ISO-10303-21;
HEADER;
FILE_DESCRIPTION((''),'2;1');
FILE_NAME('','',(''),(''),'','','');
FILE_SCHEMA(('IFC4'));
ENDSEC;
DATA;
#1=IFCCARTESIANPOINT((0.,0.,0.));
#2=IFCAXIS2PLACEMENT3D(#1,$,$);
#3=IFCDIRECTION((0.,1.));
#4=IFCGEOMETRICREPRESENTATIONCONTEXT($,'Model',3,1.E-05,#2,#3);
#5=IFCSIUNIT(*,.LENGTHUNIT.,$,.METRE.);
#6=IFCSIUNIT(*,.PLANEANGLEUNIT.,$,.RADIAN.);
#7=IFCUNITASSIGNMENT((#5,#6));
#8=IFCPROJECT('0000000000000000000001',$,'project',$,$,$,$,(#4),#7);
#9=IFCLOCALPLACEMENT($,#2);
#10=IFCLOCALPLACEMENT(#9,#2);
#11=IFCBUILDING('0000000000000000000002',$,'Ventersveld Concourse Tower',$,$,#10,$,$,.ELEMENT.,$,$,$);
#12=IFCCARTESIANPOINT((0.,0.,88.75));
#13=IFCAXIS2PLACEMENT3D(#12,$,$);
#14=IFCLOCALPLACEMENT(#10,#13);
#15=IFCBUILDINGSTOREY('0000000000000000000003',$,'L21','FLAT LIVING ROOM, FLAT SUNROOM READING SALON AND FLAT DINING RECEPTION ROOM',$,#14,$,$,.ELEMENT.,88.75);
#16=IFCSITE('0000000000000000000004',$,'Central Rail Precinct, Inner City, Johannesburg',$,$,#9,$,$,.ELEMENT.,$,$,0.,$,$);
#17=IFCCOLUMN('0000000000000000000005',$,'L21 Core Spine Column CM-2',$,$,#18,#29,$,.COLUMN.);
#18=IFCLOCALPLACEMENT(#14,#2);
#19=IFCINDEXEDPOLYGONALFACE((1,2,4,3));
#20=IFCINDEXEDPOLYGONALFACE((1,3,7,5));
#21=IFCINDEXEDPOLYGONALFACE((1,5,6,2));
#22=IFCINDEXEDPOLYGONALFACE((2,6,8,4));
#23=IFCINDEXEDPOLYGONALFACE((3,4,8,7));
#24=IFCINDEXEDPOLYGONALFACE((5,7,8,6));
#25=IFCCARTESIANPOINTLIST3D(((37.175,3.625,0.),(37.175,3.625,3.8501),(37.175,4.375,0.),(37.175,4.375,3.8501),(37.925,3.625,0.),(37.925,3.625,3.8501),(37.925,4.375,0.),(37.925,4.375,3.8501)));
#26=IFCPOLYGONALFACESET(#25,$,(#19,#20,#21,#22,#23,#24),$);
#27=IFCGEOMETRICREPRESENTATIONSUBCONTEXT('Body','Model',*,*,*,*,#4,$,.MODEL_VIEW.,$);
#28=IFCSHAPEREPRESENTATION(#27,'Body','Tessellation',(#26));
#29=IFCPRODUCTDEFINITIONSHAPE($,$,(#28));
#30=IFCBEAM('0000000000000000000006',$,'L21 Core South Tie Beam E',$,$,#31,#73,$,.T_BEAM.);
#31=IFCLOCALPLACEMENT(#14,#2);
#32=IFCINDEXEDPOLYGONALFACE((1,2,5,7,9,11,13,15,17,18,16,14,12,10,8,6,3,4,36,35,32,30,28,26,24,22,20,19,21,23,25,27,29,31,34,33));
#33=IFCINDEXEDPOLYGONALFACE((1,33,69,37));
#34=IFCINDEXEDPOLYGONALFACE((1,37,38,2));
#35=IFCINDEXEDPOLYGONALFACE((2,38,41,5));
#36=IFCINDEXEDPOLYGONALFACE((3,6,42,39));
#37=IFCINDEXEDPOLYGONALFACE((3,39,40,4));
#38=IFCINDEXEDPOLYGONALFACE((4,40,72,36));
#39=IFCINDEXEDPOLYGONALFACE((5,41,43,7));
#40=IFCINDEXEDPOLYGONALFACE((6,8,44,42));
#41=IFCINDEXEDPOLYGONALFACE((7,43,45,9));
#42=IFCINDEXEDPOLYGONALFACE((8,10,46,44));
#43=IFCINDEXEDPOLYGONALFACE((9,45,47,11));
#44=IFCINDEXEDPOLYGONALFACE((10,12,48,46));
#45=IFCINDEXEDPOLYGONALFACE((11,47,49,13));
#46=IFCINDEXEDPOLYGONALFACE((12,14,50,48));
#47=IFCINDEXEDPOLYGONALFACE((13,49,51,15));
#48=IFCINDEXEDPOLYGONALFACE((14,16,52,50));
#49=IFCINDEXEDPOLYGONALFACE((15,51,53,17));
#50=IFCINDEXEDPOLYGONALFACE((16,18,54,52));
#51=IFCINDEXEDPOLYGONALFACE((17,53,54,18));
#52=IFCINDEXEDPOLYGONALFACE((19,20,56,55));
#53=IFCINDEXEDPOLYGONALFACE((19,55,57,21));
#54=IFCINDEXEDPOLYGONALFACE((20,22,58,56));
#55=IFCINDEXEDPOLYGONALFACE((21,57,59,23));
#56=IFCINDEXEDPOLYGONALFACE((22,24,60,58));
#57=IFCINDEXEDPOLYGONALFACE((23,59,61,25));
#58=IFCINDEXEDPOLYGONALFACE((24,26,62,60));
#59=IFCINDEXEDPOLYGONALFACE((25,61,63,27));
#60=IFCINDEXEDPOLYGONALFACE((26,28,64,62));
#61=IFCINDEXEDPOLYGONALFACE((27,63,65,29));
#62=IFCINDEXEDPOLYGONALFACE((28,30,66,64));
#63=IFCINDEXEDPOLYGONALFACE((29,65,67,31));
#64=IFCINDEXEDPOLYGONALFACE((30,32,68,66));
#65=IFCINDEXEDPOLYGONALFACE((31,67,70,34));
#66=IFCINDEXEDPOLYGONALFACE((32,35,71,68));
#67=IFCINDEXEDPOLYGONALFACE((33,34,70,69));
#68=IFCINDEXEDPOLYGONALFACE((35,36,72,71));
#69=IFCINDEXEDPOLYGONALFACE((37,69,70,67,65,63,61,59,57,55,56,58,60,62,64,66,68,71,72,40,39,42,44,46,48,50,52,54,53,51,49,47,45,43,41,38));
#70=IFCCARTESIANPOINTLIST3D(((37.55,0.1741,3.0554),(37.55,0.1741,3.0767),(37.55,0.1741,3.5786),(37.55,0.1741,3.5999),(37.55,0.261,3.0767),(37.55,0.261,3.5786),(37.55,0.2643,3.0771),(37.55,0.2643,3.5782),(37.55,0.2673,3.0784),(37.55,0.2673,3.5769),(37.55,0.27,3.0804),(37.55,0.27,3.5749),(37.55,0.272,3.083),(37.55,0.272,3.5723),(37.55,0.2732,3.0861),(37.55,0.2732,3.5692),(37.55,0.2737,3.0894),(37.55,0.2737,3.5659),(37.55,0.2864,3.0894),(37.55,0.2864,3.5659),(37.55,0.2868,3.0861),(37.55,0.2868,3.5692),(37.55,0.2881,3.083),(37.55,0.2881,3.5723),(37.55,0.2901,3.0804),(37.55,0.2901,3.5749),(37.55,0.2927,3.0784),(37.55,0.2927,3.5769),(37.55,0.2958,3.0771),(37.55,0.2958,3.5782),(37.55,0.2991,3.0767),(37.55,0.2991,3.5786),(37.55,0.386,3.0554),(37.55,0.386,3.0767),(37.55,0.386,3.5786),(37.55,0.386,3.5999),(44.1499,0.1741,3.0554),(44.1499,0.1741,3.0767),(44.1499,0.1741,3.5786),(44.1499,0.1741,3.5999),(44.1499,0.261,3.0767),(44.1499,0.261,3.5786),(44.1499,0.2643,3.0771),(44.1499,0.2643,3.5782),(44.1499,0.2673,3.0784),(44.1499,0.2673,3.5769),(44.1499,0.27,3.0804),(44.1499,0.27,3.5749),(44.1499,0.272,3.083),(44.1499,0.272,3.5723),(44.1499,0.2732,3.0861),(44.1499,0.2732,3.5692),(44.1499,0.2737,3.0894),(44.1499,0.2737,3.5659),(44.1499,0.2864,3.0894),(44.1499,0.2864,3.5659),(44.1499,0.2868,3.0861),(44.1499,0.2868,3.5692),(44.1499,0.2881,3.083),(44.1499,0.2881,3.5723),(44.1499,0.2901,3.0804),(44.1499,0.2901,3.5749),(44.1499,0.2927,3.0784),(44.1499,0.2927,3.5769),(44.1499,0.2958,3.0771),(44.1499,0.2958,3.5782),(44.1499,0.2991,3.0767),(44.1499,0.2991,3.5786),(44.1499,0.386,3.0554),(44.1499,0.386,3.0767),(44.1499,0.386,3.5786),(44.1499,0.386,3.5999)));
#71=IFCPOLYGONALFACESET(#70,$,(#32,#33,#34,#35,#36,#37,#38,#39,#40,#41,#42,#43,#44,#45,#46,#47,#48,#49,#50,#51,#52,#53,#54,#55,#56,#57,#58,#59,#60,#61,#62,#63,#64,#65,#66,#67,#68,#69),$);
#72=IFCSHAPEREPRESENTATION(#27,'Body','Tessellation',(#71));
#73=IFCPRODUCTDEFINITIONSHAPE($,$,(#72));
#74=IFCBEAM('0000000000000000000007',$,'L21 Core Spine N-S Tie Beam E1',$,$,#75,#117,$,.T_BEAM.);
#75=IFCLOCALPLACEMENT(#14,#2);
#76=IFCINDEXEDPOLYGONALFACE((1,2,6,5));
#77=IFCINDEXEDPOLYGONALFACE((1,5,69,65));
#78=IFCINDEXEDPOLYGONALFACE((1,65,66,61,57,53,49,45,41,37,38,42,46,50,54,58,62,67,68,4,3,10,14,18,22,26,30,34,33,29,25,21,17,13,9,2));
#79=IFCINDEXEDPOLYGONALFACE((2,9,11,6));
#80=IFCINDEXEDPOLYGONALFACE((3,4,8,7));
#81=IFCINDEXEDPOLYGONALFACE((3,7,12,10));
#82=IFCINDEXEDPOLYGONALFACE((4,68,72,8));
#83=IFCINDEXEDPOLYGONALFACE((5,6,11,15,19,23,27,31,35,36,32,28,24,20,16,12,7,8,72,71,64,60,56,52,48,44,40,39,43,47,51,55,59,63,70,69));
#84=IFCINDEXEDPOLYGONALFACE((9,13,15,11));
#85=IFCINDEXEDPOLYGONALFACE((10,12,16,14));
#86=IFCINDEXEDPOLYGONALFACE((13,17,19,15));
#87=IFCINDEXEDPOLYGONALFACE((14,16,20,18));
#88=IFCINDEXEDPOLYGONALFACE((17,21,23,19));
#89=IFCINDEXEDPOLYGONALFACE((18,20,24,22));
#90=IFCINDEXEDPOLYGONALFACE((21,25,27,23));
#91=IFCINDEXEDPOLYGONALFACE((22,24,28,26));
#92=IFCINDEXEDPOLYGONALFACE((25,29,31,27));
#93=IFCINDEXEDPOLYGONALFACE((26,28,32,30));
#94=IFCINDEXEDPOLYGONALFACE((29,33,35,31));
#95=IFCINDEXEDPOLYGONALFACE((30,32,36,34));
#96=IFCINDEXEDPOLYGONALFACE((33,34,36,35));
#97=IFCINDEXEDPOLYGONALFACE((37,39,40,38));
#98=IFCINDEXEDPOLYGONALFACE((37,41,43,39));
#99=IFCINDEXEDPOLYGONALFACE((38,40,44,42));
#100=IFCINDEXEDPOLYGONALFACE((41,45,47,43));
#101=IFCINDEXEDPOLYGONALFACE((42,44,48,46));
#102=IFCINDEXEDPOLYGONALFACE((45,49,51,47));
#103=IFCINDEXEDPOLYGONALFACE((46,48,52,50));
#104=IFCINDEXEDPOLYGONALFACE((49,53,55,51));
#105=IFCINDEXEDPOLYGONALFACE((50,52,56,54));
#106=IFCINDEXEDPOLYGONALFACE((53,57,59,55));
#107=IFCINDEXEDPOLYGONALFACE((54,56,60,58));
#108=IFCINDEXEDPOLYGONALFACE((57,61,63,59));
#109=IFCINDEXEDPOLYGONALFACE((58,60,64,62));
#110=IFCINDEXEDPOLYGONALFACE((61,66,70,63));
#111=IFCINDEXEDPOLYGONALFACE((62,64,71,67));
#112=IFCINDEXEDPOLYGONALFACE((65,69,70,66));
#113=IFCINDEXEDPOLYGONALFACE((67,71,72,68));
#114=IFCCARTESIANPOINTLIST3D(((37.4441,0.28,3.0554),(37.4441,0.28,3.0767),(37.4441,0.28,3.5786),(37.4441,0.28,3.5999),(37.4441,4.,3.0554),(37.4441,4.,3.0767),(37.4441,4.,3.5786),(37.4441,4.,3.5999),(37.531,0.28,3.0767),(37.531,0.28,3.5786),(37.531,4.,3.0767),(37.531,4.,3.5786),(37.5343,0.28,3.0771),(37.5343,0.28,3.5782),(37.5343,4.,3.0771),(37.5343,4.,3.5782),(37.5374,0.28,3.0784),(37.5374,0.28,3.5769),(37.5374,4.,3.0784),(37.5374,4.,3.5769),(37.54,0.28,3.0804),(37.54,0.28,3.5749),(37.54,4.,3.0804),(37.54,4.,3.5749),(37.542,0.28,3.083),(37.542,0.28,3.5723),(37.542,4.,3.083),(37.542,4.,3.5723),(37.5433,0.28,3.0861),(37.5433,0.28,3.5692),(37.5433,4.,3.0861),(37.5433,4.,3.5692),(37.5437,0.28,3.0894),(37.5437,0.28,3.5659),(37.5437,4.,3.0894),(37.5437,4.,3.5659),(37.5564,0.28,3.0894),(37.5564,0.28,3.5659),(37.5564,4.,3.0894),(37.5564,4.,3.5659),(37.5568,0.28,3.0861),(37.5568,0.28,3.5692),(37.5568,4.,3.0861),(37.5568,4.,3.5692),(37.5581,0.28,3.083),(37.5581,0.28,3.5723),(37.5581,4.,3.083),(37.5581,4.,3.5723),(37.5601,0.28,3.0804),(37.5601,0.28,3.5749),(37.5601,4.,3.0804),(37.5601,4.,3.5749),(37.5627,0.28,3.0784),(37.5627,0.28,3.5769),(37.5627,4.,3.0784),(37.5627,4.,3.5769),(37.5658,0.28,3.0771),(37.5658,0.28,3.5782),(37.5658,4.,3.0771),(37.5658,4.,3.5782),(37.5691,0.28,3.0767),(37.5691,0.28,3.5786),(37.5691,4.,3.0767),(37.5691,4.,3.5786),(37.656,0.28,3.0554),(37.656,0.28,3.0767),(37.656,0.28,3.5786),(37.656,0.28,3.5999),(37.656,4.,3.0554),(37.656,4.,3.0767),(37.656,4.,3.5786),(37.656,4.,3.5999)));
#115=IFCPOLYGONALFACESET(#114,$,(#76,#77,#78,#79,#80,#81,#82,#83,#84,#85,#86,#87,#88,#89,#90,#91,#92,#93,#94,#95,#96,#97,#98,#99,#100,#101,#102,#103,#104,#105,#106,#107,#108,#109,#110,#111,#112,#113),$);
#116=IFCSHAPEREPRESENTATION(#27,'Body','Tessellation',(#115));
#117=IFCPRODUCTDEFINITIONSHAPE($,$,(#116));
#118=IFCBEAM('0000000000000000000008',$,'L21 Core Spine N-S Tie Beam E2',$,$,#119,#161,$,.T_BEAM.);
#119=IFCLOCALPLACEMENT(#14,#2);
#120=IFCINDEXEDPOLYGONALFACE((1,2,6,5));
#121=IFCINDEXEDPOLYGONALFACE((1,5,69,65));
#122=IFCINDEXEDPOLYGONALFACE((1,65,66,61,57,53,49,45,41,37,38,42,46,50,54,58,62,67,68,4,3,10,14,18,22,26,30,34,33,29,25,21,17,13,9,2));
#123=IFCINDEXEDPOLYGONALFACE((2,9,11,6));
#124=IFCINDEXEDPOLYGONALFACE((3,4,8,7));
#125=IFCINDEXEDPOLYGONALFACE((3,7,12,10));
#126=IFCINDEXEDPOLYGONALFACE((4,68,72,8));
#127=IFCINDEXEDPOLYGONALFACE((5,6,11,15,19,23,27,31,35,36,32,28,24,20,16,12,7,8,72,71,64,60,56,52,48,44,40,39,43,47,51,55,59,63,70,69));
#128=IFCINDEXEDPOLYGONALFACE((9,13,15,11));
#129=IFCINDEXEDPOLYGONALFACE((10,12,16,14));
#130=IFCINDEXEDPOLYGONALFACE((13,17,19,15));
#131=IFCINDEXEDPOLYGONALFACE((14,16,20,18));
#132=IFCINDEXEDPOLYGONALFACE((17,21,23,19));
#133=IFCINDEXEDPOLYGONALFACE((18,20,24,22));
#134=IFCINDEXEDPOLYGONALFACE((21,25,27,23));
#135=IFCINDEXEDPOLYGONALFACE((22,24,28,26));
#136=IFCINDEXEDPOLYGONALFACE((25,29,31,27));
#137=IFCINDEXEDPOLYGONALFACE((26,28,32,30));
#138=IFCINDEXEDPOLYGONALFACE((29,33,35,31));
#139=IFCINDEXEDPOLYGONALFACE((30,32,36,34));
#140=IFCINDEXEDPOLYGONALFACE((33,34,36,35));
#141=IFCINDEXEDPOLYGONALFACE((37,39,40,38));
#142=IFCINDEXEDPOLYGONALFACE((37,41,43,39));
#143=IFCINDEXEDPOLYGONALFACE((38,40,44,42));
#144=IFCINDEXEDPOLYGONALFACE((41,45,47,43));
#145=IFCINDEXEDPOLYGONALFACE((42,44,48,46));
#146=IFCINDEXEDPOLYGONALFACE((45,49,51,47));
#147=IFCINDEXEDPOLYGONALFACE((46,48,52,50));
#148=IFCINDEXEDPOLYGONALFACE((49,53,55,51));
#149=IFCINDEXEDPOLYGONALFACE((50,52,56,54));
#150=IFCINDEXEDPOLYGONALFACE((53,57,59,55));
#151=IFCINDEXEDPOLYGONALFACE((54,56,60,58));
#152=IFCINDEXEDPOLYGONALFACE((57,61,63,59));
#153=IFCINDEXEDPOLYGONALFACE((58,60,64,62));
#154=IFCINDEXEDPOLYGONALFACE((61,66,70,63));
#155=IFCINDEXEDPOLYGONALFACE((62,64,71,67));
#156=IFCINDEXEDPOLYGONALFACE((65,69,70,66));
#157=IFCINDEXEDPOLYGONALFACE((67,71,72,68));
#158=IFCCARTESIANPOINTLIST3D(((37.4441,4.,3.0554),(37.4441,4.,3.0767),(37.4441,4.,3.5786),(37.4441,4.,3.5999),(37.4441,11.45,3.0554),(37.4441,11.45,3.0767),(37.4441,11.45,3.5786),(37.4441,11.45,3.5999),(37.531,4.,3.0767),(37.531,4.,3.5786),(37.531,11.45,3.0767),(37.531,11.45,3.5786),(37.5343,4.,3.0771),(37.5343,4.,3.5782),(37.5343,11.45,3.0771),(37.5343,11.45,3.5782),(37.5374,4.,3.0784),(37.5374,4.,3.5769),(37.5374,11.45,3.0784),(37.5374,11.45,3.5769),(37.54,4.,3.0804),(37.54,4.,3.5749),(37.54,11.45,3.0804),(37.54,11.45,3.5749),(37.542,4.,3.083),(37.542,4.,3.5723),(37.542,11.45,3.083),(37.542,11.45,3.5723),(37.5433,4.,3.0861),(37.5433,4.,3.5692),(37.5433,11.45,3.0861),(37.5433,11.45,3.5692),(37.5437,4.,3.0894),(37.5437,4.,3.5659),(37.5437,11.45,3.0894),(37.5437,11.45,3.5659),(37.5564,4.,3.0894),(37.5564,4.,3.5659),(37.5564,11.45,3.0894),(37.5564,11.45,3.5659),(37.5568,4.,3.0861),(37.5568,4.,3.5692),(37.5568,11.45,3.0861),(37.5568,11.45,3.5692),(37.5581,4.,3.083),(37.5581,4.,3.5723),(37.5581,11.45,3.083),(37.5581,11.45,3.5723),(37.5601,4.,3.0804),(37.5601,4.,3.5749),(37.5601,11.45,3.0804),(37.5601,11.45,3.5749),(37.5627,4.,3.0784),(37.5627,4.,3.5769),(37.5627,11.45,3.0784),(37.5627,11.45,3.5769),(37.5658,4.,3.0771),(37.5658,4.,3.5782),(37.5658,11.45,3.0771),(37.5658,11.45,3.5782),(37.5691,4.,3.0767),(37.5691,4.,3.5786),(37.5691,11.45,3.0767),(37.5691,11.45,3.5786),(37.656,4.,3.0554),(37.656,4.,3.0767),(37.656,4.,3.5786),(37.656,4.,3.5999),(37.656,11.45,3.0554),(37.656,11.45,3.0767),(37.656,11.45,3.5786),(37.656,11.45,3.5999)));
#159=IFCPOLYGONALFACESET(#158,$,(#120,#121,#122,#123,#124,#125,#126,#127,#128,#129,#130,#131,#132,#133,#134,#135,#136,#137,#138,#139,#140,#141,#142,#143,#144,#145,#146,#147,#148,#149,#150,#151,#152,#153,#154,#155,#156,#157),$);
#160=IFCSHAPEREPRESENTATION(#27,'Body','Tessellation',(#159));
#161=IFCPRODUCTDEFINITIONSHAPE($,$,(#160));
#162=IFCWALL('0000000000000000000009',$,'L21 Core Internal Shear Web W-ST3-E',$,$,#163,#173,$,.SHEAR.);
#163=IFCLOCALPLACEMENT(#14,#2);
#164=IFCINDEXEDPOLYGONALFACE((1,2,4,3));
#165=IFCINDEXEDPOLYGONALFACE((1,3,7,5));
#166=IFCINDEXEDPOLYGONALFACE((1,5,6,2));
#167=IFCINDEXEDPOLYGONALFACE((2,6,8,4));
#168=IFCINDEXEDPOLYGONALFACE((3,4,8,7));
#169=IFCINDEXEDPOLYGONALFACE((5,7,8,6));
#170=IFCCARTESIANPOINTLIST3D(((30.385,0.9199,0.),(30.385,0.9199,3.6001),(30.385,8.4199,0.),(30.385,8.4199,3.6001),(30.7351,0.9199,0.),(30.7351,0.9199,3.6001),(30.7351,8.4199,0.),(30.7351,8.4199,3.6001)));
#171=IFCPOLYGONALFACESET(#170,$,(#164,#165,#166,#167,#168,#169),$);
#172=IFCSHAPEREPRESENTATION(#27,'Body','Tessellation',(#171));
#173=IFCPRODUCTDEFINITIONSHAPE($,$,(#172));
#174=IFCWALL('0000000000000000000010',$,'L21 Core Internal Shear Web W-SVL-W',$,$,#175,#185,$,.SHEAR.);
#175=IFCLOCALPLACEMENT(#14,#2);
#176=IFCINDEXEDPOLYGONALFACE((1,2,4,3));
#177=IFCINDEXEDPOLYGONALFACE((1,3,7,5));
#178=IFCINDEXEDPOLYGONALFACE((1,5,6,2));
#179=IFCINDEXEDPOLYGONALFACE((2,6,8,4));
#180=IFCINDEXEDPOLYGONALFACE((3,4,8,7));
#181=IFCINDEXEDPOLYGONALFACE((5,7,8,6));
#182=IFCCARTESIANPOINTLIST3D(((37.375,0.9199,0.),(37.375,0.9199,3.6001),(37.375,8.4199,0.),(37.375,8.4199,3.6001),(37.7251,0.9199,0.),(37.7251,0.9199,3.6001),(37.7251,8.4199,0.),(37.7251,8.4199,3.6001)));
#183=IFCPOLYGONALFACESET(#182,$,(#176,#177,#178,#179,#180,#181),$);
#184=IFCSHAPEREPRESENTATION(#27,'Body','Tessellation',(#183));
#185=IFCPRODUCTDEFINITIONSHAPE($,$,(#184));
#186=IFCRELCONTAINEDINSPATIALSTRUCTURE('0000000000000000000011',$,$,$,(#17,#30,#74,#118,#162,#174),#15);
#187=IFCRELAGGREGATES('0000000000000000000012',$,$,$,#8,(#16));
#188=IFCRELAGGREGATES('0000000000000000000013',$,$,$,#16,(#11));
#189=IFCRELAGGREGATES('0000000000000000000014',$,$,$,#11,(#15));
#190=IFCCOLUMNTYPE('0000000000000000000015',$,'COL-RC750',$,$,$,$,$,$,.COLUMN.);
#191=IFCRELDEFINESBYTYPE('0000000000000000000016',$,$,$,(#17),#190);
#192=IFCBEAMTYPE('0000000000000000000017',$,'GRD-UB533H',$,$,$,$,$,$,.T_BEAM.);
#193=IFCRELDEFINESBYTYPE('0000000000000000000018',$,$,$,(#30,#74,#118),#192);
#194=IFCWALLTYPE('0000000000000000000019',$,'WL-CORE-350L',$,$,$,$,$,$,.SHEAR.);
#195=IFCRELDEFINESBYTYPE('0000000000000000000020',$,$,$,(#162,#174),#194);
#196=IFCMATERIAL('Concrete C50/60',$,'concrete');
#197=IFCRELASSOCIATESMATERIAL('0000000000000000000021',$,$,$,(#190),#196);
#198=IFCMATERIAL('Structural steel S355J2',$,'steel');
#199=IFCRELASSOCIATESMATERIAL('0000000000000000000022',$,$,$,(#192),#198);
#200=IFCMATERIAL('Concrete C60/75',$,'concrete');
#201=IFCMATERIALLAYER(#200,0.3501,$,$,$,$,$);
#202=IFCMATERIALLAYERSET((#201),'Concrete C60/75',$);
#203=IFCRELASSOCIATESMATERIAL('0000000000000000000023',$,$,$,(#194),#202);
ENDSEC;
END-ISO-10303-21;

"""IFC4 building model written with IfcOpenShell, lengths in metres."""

from ifc_helpers import new_model, si_unit, direction, frame, frame_2d, origin, origin_2d, place, context, subcontext, project, spatial, rectangle, i_section, extrude, material, layer, layer_set, material_profile, profile_set, type_object, element, save


model = new_model("IFC4")

# Units and contexts
model_context = context("Model", 3, precision=1e-05, world=origin(), true_north=direction((0.0, 1.0)))
body_context = subcontext(model_context, "Body", "Model", "MODEL_VIEW")
ifc_project = project(units=[si_unit("LENGTHUNIT", "METRE"), si_unit("PLANEANGLEUNIT", "RADIAN")], contexts=[model_context])

# Site, building, storey
site_placement = place(None, origin())
site = spatial("IfcSite", under=ifc_project, at=site_placement, Name="Central Rail Precinct, Inner City, Johannesburg", CompositionType="ELEMENT", RefElevation=0.0)
building_placement = place(site_placement, origin())
building = spatial("IfcBuilding", under=site, at=building_placement, Name="Ventersveld Concourse Tower", CompositionType="ELEMENT")
storey_placement = place(building_placement, frame((0.0, 0.0, 88.75)))
storey = spatial("IfcBuildingStorey", under=building, at=storey_placement, Name="L21", Description="FLAT LIVING ROOM, FLAT SUNROOM READING SALON AND FLAT DINING RECEPTION ROOM", CompositionType="ELEMENT", Elevation=88.75)

# Column
ifc_material_1 = material(Name="Concrete C50/60", Category="concrete")
ifc_material_profile_1 = material_profile(ifc_material_1, rectangle(XDim=0.75, YDim=0.75, at=origin_2d()), Name="RC 750x750")
ifc_profile_set_1 = profile_set([ifc_material_profile_1], Name="Concrete C50/60")
column_type = type_object("IfcColumnType", Name="COL-RC750", PredefinedType="COLUMN", material=ifc_profile_set_1)
column_placement = place(storey_placement, frame((37.55, 4.0, 0.0), z_axis=(0.0, 0.0, 1.0), x_axis=(1.0, 0.0, 0.0)))
element("IfcColumn", 1, at=column_placement, inside=storey, type_object=column_type, Name="L21 Core Spine Column CM-2", PredefinedType="COLUMN", context=body_context, shape_type="SweptSolid", body=[
    extrude(rectangle(XDim=0.75, YDim=0.75, at=origin_2d()), origin(), (0.0, 0.0, 1.0), 3.8501),
])

# Beams
ifc_material_2 = material(Name="Structural steel S355J2", Category="steel")
ifc_material_profile_2 = material_profile(ifc_material_2, i_section(OverallWidth=0.2119, OverallDepth=0.5444, WebThickness=0.0127, FlangeThickness=0.0212, FilletRadius=0.0127, at=origin_2d()), Name="UB 533x210x122")
ifc_profile_set_2 = profile_set([ifc_material_profile_2], Name="Structural steel S355J2")
beam_type = type_object("IfcBeamType", Name="GRD-UB533H", PredefinedType="T_BEAM", material=ifc_profile_set_2)
beam_1_placement = place(storey_placement, frame((37.55, 0.28, 3.3276), z_axis=(1.0, 0.0, 0.0), x_axis=(0.0, 1.0, 0.0)))
element("IfcBeam", 2, at=beam_1_placement, inside=storey, type_object=beam_type, Name="L21 Core South Tie Beam E", PredefinedType="T_BEAM", context=body_context, shape_type="SweptSolid", body=[
    extrude(i_section(OverallWidth=0.2119, OverallDepth=0.5444, WebThickness=0.0127, FlangeThickness=0.0212, FilletRadius=0.0127, at=origin_2d()), origin(), (0.0, 0.0, 1.0), 6.5999),
])
beam_2_placement = place(storey_placement, frame((37.55, 0.28, 3.3276), z_axis=(0.0, 1.0, 0.0), x_axis=(-1.0, 0.0, 0.0)))
element("IfcBeam", 3, at=beam_2_placement, inside=storey, type_object=beam_type, Name="L21 Core Spine N-S Tie Beam E1", PredefinedType="T_BEAM", context=body_context, shape_type="SweptSolid", body=[
    extrude(i_section(OverallWidth=0.2119, OverallDepth=0.5444, WebThickness=0.0127, FlangeThickness=0.0212, FilletRadius=0.0127, at=origin_2d()), origin(), (0.0, 0.0, 1.0), 3.72),
])
beam_3_placement = place(storey_placement, frame((37.55, 4.0, 3.3276), z_axis=(0.0, 1.0, 0.0), x_axis=(-1.0, 0.0, 0.0)))
element("IfcBeam", 4, at=beam_3_placement, inside=storey, type_object=beam_type, Name="L21 Core Spine N-S Tie Beam E2", PredefinedType="T_BEAM", context=body_context, shape_type="SweptSolid", body=[
    extrude(i_section(OverallWidth=0.2119, OverallDepth=0.5444, WebThickness=0.0127, FlangeThickness=0.0212, FilletRadius=0.0127, at=origin_2d()), origin(), (0.0, 0.0, 1.0), 7.45),
])

# Walls
ifc_material_3 = material(Name="Concrete C60/75", Category="concrete")
ifc_layer_1 = layer(ifc_material_3, 0.3501)
ifc_layer_set_1 = layer_set([ifc_layer_1], Name="Concrete C60/75")
wall_type_1 = type_object("IfcWallType", Name="WL-CORE-350L", PredefinedType="SHEAR", material=ifc_layer_set_1)
for number, where, z_axis, x_axis, name in (
    (5, (30.5601, 0.9199, 0.0), (0.0, 0.0, 1.0), (0.0, 1.0, 0.0), "L21 Core Internal Shear Web W-ST3-E"),
    (6, (37.55, 0.9199, 0.0), (0.0, 0.0, 1.0), (0.0, 1.0, 0.0), "L21 Core Internal Shear Web W-SVL-W"),
):
    element("IfcWall", number, at=place(storey_placement, frame(where, z_axis=z_axis, x_axis=x_axis)), inside=storey, type_object=wall_type_1, Name=name, PredefinedType="SHEAR", context=body_context, shape_type="SweptSolid", body=[
        extrude(rectangle(XDim=7.5, YDim=0.3501, at=frame_2d((3.75, 0.0))), origin(), (0.0, 0.0, 1.0), 3.6001),
    ])

save(model, "model.ifc")
